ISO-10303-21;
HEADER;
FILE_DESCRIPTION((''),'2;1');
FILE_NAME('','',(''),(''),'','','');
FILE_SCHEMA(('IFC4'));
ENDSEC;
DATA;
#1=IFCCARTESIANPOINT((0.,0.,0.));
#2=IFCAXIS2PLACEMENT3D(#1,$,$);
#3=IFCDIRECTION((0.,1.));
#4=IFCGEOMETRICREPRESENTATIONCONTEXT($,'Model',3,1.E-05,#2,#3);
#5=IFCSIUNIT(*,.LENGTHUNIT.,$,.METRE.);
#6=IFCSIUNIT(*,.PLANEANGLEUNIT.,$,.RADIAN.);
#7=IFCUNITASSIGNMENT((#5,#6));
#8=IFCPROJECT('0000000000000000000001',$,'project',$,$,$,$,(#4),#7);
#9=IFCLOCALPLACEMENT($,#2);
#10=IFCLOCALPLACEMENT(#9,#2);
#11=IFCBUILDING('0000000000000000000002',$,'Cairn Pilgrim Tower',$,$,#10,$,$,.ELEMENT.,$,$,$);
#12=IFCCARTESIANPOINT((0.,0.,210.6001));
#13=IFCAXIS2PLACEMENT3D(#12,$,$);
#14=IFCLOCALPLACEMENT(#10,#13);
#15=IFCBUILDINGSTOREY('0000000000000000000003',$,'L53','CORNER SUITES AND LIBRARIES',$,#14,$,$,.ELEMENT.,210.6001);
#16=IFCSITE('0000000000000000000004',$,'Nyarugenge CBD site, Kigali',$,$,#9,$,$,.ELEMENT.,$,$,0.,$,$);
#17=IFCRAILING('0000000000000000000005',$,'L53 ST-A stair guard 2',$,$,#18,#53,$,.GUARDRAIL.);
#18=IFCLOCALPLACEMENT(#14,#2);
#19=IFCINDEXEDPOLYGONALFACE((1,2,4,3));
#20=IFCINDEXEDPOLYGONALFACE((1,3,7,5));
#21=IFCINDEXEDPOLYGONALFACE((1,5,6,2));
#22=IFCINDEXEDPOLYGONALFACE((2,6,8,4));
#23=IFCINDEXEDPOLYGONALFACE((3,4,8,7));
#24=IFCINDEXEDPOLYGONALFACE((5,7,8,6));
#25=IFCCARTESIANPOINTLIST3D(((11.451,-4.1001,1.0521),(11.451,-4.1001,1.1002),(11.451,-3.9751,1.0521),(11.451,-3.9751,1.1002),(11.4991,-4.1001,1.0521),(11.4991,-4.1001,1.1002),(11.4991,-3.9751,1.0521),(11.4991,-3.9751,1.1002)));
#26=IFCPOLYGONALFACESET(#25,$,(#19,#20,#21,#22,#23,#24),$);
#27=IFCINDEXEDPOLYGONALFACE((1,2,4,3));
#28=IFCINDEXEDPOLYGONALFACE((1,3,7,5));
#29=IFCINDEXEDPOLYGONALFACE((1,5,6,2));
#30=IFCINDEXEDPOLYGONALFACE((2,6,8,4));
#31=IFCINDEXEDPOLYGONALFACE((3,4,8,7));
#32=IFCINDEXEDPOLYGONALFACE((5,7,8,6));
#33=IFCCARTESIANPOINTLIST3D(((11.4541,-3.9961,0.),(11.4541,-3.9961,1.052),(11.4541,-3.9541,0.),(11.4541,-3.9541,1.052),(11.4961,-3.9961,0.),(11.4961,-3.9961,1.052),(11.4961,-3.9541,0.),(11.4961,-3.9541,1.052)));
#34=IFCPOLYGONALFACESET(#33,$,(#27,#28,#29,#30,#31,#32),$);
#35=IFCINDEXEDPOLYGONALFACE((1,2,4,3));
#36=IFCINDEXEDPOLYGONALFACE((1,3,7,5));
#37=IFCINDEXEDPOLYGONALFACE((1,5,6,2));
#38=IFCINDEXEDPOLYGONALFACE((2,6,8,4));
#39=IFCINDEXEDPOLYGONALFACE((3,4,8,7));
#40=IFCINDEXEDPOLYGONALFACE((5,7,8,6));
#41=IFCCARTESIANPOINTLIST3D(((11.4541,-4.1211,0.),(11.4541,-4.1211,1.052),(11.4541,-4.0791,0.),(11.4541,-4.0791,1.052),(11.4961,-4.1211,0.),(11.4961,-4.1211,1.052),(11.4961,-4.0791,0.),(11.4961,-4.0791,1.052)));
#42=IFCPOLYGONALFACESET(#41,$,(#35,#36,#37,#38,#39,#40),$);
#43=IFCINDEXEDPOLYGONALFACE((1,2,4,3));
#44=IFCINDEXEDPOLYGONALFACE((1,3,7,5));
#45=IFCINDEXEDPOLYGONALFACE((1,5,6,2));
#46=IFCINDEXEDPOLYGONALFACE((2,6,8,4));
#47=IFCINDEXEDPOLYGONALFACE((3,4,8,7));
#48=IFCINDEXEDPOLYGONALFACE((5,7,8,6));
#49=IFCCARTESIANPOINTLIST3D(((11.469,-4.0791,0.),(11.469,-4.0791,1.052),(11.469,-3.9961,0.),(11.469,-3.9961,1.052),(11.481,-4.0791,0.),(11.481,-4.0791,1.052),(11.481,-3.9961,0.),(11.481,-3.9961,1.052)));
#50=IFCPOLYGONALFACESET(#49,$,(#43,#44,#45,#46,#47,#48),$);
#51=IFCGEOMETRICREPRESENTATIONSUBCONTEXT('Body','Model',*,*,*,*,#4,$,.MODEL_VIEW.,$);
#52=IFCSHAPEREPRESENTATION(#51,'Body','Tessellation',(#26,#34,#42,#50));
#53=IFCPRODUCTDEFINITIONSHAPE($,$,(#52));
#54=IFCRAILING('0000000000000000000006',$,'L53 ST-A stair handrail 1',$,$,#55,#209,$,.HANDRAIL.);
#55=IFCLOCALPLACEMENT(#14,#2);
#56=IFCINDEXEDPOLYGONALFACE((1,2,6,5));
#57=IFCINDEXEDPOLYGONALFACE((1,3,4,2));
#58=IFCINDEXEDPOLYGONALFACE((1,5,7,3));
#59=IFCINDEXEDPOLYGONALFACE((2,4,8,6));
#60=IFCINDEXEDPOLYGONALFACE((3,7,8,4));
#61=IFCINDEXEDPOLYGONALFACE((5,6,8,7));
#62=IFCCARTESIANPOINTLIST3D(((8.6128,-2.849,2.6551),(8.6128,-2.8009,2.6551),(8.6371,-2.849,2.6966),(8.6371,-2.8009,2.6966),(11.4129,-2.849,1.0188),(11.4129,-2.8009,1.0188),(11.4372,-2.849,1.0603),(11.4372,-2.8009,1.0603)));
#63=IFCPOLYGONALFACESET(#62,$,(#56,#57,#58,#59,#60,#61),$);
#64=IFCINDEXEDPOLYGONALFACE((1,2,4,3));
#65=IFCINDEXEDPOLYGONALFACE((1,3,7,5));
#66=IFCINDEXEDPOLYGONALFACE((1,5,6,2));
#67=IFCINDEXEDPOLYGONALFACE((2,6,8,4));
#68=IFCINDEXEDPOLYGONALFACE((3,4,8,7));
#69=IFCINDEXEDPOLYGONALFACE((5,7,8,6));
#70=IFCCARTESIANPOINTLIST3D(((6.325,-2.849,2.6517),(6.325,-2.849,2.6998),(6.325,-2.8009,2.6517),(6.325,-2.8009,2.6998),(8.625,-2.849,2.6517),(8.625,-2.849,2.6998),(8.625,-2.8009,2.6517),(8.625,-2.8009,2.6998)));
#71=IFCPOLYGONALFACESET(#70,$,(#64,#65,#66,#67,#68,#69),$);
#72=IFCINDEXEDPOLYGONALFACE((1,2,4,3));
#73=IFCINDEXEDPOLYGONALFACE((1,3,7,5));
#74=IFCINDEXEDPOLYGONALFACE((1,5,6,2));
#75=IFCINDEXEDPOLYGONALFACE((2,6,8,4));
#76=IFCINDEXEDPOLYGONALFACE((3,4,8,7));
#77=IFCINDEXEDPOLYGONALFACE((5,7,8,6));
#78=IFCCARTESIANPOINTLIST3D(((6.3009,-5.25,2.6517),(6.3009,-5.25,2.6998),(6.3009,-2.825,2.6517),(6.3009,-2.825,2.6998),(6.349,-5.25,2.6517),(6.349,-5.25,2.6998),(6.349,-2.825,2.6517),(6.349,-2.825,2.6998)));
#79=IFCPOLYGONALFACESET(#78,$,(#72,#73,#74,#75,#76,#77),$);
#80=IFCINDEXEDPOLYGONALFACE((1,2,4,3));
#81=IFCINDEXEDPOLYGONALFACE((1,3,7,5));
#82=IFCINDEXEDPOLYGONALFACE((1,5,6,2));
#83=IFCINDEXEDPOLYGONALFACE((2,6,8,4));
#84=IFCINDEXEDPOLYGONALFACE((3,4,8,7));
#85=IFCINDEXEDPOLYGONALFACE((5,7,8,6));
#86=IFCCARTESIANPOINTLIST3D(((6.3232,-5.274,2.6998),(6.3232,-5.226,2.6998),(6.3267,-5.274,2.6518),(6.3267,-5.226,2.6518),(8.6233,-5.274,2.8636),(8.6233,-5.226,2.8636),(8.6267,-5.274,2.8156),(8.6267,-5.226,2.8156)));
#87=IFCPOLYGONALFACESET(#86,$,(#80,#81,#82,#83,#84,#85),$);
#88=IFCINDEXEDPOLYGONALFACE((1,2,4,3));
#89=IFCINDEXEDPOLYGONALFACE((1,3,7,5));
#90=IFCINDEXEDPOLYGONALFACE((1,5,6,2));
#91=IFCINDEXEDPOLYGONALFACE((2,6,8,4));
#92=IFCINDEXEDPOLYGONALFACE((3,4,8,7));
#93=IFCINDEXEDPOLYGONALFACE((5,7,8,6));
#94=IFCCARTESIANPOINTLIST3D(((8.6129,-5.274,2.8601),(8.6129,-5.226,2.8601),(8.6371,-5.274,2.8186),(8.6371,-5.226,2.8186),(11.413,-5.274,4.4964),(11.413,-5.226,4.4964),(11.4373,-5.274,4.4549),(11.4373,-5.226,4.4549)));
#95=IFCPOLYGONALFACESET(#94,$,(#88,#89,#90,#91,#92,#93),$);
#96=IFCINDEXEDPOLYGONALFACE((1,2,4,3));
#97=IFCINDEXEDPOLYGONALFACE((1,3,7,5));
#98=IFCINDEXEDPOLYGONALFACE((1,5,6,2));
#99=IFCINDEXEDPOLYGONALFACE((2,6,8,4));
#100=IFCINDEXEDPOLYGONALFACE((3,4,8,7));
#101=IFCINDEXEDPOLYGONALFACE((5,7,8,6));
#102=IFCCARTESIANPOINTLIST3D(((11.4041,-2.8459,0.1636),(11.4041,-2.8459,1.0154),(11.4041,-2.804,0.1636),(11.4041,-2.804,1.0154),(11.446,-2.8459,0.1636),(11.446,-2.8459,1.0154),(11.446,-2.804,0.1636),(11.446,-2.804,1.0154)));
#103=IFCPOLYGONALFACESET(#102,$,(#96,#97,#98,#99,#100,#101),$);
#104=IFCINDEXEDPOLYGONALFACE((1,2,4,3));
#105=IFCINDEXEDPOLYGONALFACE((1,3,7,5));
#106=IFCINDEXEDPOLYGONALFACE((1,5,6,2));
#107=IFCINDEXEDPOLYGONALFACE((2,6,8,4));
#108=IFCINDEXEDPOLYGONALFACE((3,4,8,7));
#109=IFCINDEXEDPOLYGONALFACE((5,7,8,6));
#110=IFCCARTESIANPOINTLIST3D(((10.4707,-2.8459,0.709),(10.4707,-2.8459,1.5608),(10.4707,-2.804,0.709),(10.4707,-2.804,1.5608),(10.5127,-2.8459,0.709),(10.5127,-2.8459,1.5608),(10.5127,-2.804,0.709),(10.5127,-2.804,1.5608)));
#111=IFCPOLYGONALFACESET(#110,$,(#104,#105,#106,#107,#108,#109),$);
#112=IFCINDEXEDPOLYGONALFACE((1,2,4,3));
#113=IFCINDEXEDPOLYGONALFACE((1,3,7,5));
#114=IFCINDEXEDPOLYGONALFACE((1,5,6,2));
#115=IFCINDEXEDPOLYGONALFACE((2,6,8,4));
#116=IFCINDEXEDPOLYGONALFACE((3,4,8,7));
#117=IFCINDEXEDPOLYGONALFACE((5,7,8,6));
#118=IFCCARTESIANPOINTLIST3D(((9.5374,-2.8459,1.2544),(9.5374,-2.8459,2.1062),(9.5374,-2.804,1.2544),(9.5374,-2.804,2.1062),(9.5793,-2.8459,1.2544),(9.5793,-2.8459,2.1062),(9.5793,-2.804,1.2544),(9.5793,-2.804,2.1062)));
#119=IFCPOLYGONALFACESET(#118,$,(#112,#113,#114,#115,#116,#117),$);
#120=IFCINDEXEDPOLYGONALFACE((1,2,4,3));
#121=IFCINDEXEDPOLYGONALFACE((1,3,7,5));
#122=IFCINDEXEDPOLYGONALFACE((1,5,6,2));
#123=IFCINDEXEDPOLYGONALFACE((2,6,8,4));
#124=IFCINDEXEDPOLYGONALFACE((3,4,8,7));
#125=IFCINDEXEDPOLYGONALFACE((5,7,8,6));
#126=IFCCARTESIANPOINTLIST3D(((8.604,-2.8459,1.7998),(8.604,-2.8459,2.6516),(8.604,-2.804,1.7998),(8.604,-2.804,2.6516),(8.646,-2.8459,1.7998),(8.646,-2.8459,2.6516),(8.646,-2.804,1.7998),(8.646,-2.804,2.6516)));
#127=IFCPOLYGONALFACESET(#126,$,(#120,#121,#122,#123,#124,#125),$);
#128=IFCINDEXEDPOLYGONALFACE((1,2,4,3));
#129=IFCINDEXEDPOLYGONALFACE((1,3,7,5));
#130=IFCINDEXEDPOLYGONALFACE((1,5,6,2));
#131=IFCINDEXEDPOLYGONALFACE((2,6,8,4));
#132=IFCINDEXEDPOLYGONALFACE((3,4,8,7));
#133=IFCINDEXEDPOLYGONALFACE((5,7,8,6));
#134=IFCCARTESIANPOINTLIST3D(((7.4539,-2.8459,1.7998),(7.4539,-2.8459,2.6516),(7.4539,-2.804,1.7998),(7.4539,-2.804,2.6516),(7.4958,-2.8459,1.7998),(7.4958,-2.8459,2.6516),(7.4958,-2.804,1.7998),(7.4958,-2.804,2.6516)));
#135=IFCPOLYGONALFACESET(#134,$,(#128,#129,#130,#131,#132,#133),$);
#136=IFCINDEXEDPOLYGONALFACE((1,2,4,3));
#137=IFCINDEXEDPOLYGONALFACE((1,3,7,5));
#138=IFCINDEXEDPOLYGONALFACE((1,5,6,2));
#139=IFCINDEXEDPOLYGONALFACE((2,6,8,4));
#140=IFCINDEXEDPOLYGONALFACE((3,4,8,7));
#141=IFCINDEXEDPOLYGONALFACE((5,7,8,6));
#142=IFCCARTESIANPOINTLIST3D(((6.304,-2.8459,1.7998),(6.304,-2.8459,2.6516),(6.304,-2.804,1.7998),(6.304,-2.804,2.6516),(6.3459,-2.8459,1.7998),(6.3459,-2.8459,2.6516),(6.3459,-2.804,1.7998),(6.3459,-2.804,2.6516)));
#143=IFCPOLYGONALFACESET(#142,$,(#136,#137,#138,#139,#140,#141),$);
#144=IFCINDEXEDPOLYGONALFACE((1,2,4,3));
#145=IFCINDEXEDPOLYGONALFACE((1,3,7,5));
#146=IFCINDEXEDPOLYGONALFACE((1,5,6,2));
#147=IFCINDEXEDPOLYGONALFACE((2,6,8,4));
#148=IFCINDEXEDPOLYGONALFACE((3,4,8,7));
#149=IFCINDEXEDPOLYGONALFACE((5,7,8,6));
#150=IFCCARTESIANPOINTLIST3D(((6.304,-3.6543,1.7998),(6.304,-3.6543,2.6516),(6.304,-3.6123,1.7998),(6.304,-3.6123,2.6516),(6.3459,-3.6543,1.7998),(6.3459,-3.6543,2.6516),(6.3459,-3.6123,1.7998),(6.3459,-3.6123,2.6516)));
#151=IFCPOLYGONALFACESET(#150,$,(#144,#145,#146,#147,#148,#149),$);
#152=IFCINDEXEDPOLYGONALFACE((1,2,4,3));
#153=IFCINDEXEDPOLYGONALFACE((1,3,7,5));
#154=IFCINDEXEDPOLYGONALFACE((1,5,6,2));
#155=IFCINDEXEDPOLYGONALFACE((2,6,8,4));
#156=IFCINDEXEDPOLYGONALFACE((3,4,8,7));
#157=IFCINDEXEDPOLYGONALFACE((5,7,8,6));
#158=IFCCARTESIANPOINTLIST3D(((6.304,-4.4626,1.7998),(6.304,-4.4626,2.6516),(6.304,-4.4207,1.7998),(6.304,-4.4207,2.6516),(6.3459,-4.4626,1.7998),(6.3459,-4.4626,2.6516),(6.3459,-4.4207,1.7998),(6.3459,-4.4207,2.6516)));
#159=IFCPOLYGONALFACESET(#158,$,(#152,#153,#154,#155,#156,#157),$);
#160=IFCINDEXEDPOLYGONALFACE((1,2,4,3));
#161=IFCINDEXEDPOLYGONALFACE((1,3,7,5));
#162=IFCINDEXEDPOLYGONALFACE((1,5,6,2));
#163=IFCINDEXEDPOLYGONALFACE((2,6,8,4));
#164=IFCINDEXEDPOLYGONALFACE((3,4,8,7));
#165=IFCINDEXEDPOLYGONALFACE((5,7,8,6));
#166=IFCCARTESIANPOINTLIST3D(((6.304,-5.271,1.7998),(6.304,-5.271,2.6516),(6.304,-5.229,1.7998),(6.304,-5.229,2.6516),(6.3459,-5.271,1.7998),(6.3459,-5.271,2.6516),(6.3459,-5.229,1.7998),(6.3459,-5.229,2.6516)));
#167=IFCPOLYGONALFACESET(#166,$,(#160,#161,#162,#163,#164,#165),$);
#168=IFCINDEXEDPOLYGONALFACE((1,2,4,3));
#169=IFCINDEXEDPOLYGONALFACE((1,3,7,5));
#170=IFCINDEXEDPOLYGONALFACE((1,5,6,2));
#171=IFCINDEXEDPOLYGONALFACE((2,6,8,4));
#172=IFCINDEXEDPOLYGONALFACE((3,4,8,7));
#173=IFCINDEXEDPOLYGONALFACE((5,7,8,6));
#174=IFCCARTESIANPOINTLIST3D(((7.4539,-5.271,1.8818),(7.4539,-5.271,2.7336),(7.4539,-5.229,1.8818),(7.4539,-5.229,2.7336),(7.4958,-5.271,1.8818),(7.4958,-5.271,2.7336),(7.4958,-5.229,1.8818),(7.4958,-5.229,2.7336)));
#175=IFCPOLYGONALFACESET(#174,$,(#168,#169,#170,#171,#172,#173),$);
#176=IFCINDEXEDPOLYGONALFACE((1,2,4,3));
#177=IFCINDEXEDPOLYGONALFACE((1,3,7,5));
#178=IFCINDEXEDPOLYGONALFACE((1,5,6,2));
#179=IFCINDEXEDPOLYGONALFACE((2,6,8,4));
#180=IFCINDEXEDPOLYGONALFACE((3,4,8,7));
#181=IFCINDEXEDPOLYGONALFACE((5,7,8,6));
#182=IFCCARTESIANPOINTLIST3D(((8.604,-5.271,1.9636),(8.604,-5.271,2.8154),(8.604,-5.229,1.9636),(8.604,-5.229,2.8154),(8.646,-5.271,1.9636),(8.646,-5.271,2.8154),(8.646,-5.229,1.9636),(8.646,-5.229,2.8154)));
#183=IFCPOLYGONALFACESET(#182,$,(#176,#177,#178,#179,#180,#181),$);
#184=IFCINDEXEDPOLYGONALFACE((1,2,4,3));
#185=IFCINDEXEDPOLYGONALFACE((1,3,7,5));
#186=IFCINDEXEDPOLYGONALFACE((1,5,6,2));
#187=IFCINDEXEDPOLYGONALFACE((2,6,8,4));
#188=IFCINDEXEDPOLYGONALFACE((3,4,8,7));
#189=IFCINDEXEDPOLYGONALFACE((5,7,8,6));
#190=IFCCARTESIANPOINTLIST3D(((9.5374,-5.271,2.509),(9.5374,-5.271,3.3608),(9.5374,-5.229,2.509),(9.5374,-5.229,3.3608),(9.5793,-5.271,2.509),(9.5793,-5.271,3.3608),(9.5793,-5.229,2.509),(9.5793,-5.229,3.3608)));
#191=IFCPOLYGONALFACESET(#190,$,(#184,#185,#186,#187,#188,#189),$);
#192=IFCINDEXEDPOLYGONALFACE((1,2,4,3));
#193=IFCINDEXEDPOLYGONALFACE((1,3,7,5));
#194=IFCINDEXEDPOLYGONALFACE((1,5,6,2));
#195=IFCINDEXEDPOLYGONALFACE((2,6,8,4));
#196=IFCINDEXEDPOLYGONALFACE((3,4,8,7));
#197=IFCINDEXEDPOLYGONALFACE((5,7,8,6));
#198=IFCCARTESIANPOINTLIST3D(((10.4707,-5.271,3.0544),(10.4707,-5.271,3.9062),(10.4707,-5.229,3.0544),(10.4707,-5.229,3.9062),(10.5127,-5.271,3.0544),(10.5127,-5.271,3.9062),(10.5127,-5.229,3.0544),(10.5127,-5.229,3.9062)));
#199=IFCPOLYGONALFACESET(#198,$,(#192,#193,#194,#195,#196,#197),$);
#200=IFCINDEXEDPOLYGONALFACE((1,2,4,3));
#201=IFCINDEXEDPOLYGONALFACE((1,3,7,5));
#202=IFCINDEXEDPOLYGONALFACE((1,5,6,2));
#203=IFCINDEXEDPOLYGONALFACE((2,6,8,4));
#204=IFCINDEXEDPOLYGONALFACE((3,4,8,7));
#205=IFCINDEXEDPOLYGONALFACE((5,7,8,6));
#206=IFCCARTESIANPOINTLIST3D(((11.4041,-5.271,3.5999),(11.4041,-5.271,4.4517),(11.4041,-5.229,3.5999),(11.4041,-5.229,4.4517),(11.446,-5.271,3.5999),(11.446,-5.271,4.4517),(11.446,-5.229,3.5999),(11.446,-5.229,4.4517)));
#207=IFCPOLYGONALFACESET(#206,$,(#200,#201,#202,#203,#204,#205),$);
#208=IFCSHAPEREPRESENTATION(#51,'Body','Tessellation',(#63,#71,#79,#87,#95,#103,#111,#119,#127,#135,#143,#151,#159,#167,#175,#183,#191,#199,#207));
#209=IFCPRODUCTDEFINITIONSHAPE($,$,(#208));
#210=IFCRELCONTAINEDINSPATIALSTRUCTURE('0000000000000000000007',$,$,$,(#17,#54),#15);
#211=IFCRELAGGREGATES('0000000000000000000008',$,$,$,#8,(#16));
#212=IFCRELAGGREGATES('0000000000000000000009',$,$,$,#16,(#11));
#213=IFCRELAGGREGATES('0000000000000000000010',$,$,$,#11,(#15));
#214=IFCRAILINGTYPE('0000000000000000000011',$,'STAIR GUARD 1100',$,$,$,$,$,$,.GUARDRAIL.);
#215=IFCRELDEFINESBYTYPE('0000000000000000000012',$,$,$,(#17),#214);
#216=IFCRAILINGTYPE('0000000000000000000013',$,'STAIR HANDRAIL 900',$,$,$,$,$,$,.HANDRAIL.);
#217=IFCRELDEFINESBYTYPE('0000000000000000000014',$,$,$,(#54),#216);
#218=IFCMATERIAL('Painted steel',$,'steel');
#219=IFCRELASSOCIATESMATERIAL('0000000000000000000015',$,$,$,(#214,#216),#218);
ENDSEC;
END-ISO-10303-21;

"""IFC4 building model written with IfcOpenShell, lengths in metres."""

from ifc_helpers import new_model, si_unit, direction, frame, origin, origin_2d, place, context, subcontext, project, spatial, polyline, rectangle, outline, extrude, material, type_object, element, save


model = new_model("IFC4")

# Units and contexts
model_context = context("Model", 3, precision=1e-05, world=origin(), true_north=direction((0.0, 1.0)))
body_context = subcontext(model_context, "Body", "Model", "MODEL_VIEW")
ifc_project = project(units=[si_unit("LENGTHUNIT", "METRE"), si_unit("PLANEANGLEUNIT", "RADIAN")], contexts=[model_context])

# Site, building, storey
site_placement = place(None, origin())
site = spatial("IfcSite", under=ifc_project, at=site_placement, Name="Nyarugenge CBD site, Kigali", CompositionType="ELEMENT", RefElevation=0.0)
building_placement = place(site_placement, origin())
building = spatial("IfcBuilding", under=site, at=building_placement, Name="Cairn Pilgrim Tower", CompositionType="ELEMENT")
storey_placement = place(building_placement, frame((0.0, 0.0, 210.6001)))
storey = spatial("IfcBuildingStorey", under=building, at=storey_placement, Name="L53", Description="CORNER SUITES AND LIBRARIES", CompositionType="ELEMENT", Elevation=210.6001)

# Shared definitions
ifc_material_1 = material(Name="Painted steel", Category="steel")

# Railings
railing_type_1 = type_object("IfcRailingType", Name="STAIR GUARD 1100", PredefinedType="GUARDRAIL", material=ifc_material_1)
railing_1_placement = place(storey_placement, frame((11.4751, -3.9751, 0.0)))
element("IfcRailing", 1, at=railing_1_placement, inside=storey, type_object=railing_type_1, Name="L53 ST-A stair guard 2", PredefinedType="GUARDRAIL", context=body_context, shape_type="SweptSolid", body=[
    extrude(rectangle(XDim=0.0481, YDim=0.0481, at=origin_2d()), frame((0.0, 0.0, 1.0762), z_axis=(0.0, -1.0, 0.0), x_axis=(1.0, 0.0, 0.0)), (0.0, 0.0, 1.0), 0.125),
    extrude(rectangle(XDim=0.042, YDim=0.042, at=origin_2d()), origin(), (0.0, 0.0, 1.0), 1.052),
    extrude(rectangle(XDim=0.042, YDim=0.042, at=origin_2d()), frame((0.0, -0.125, 0.0)), (0.0, 0.0, 1.0), 1.052),
    extrude(outline(polyline([(0.021, 0.0), (0.104, 0.0), (0.104, 1.052), (0.021, 1.052), (0.021, 0.0)])), frame((0.0059, 0.0, 0.0), z_axis=(-1.0, 0.0, 0.0), x_axis=(0.0, -1.0, 0.0)), (0.0, 0.0, 1.0), 0.012),
])
railing_type_2 = type_object("IfcRailingType", Name="STAIR HANDRAIL 900", PredefinedType="HANDRAIL", material=ifc_material_1)
railing_2_placement = place(storey_placement, frame((11.425, -2.825, 0.1636)))
element("IfcRailing", 2, at=railing_2_placement, inside=storey, type_object=railing_type_2, Name="L53 ST-A stair handrail 1", PredefinedType="HANDRAIL", context=body_context, shape_type="SweptSolid", body=[
    extrude(rectangle(XDim=0.0481, YDim=0.0481, at=origin_2d()), frame((0.0, 0.0, 0.876), z_axis=(-0.863394, 0.0, 0.504531), x_axis=(0.0, -1.0, 0.0)), (0.0, 0.0, 1.0), 3.2432),
    extrude(rectangle(XDim=0.0481, YDim=0.0481, at=origin_2d()), frame((-2.8, 0.0, 2.5122), z_axis=(-1.0, 0.0, 0.0), x_axis=(0.0, -1.0, 0.0)), (0.0, 0.0, 1.0), 2.3),
    extrude(rectangle(XDim=0.0481, YDim=0.0481, at=origin_2d()), frame((-5.1001, 0.0, 2.5122), z_axis=(0.0, -1.0, 0.0), x_axis=(1.0, 0.0, 0.0)), (0.0, 0.0, 1.0), 2.425),
    extrude(rectangle(XDim=0.0481, YDim=0.0481, at=origin_2d()), frame((-5.1001, -2.425, 2.5122), z_axis=(0.997473, 0.0, 0.071044), x_axis=(0.0, 1.0, 0.0)), (0.0, 0.0, 1.0), 2.3059),
    extrude(rectangle(XDim=0.0481, YDim=0.0481, at=origin_2d()), frame((-2.8, -2.425, 2.6758), z_axis=(0.863394, 0.0, 0.504531), x_axis=(0.0, 1.0, 0.0)), (0.0, 0.0, 1.0), 3.2432),
    extrude(rectangle(XDim=0.042, YDim=0.042, at=origin_2d()), origin(), (0.0, 0.0, 1.0), 0.8518),
    extrude(rectangle(XDim=0.042, YDim=0.042, at=origin_2d()), frame((-0.9333, 0.0, 0.5454)), (0.0, 0.0, 1.0), 0.8518),
    extrude(rectangle(XDim=0.042, YDim=0.042, at=origin_2d()), frame((-1.8667, 0.0, 1.0908)), (0.0, 0.0, 1.0), 0.8518),
    extrude(rectangle(XDim=0.042, YDim=0.042, at=origin_2d()), frame((-2.8, 0.0, 1.6362)), (0.0, 0.0, 1.0), 0.8518),
    extrude(rectangle(XDim=0.042, YDim=0.042, at=origin_2d()), frame((-3.9502, 0.0, 1.6362)), (0.0, 0.0, 1.0), 0.8518),
    extrude(rectangle(XDim=0.042, YDim=0.042, at=origin_2d()), frame((-5.1001, 0.0, 1.6362)), (0.0, 0.0, 1.0), 0.8518),
    extrude(rectangle(XDim=0.042, YDim=0.042, at=origin_2d()), frame((-5.1001, -0.8083, 1.6362)), (0.0, 0.0, 1.0), 0.8518),
    extrude(rectangle(XDim=0.042, YDim=0.042, at=origin_2d()), frame((-5.1001, -1.6167, 1.6362)), (0.0, 0.0, 1.0), 0.8518),
    extrude(rectangle(XDim=0.042, YDim=0.042, at=origin_2d()), frame((-5.1001, -2.425, 1.6362)), (0.0, 0.0, 1.0), 0.8518),
    extrude(rectangle(XDim=0.042, YDim=0.042, at=origin_2d()), frame((-3.9502, -2.425, 1.7183)), (0.0, 0.0, 1.0), 0.8518),
    extrude(rectangle(XDim=0.042, YDim=0.042, at=origin_2d()), frame((-2.8, -2.425, 1.8)), (0.0, 0.0, 1.0), 0.8518),
    extrude(rectangle(XDim=0.042, YDim=0.042, at=origin_2d()), frame((-1.8667, -2.425, 2.3455)), (0.0, 0.0, 1.0), 0.8518),
    extrude(rectangle(XDim=0.042, YDim=0.042, at=origin_2d()), frame((-0.9333, -2.425, 2.8909)), (0.0, 0.0, 1.0), 0.8518),
    extrude(rectangle(XDim=0.042, YDim=0.042, at=origin_2d()), frame((0.0, -2.425, 3.4363)), (0.0, 0.0, 1.0), 0.8518),
])

save(model, "model.ifc")
